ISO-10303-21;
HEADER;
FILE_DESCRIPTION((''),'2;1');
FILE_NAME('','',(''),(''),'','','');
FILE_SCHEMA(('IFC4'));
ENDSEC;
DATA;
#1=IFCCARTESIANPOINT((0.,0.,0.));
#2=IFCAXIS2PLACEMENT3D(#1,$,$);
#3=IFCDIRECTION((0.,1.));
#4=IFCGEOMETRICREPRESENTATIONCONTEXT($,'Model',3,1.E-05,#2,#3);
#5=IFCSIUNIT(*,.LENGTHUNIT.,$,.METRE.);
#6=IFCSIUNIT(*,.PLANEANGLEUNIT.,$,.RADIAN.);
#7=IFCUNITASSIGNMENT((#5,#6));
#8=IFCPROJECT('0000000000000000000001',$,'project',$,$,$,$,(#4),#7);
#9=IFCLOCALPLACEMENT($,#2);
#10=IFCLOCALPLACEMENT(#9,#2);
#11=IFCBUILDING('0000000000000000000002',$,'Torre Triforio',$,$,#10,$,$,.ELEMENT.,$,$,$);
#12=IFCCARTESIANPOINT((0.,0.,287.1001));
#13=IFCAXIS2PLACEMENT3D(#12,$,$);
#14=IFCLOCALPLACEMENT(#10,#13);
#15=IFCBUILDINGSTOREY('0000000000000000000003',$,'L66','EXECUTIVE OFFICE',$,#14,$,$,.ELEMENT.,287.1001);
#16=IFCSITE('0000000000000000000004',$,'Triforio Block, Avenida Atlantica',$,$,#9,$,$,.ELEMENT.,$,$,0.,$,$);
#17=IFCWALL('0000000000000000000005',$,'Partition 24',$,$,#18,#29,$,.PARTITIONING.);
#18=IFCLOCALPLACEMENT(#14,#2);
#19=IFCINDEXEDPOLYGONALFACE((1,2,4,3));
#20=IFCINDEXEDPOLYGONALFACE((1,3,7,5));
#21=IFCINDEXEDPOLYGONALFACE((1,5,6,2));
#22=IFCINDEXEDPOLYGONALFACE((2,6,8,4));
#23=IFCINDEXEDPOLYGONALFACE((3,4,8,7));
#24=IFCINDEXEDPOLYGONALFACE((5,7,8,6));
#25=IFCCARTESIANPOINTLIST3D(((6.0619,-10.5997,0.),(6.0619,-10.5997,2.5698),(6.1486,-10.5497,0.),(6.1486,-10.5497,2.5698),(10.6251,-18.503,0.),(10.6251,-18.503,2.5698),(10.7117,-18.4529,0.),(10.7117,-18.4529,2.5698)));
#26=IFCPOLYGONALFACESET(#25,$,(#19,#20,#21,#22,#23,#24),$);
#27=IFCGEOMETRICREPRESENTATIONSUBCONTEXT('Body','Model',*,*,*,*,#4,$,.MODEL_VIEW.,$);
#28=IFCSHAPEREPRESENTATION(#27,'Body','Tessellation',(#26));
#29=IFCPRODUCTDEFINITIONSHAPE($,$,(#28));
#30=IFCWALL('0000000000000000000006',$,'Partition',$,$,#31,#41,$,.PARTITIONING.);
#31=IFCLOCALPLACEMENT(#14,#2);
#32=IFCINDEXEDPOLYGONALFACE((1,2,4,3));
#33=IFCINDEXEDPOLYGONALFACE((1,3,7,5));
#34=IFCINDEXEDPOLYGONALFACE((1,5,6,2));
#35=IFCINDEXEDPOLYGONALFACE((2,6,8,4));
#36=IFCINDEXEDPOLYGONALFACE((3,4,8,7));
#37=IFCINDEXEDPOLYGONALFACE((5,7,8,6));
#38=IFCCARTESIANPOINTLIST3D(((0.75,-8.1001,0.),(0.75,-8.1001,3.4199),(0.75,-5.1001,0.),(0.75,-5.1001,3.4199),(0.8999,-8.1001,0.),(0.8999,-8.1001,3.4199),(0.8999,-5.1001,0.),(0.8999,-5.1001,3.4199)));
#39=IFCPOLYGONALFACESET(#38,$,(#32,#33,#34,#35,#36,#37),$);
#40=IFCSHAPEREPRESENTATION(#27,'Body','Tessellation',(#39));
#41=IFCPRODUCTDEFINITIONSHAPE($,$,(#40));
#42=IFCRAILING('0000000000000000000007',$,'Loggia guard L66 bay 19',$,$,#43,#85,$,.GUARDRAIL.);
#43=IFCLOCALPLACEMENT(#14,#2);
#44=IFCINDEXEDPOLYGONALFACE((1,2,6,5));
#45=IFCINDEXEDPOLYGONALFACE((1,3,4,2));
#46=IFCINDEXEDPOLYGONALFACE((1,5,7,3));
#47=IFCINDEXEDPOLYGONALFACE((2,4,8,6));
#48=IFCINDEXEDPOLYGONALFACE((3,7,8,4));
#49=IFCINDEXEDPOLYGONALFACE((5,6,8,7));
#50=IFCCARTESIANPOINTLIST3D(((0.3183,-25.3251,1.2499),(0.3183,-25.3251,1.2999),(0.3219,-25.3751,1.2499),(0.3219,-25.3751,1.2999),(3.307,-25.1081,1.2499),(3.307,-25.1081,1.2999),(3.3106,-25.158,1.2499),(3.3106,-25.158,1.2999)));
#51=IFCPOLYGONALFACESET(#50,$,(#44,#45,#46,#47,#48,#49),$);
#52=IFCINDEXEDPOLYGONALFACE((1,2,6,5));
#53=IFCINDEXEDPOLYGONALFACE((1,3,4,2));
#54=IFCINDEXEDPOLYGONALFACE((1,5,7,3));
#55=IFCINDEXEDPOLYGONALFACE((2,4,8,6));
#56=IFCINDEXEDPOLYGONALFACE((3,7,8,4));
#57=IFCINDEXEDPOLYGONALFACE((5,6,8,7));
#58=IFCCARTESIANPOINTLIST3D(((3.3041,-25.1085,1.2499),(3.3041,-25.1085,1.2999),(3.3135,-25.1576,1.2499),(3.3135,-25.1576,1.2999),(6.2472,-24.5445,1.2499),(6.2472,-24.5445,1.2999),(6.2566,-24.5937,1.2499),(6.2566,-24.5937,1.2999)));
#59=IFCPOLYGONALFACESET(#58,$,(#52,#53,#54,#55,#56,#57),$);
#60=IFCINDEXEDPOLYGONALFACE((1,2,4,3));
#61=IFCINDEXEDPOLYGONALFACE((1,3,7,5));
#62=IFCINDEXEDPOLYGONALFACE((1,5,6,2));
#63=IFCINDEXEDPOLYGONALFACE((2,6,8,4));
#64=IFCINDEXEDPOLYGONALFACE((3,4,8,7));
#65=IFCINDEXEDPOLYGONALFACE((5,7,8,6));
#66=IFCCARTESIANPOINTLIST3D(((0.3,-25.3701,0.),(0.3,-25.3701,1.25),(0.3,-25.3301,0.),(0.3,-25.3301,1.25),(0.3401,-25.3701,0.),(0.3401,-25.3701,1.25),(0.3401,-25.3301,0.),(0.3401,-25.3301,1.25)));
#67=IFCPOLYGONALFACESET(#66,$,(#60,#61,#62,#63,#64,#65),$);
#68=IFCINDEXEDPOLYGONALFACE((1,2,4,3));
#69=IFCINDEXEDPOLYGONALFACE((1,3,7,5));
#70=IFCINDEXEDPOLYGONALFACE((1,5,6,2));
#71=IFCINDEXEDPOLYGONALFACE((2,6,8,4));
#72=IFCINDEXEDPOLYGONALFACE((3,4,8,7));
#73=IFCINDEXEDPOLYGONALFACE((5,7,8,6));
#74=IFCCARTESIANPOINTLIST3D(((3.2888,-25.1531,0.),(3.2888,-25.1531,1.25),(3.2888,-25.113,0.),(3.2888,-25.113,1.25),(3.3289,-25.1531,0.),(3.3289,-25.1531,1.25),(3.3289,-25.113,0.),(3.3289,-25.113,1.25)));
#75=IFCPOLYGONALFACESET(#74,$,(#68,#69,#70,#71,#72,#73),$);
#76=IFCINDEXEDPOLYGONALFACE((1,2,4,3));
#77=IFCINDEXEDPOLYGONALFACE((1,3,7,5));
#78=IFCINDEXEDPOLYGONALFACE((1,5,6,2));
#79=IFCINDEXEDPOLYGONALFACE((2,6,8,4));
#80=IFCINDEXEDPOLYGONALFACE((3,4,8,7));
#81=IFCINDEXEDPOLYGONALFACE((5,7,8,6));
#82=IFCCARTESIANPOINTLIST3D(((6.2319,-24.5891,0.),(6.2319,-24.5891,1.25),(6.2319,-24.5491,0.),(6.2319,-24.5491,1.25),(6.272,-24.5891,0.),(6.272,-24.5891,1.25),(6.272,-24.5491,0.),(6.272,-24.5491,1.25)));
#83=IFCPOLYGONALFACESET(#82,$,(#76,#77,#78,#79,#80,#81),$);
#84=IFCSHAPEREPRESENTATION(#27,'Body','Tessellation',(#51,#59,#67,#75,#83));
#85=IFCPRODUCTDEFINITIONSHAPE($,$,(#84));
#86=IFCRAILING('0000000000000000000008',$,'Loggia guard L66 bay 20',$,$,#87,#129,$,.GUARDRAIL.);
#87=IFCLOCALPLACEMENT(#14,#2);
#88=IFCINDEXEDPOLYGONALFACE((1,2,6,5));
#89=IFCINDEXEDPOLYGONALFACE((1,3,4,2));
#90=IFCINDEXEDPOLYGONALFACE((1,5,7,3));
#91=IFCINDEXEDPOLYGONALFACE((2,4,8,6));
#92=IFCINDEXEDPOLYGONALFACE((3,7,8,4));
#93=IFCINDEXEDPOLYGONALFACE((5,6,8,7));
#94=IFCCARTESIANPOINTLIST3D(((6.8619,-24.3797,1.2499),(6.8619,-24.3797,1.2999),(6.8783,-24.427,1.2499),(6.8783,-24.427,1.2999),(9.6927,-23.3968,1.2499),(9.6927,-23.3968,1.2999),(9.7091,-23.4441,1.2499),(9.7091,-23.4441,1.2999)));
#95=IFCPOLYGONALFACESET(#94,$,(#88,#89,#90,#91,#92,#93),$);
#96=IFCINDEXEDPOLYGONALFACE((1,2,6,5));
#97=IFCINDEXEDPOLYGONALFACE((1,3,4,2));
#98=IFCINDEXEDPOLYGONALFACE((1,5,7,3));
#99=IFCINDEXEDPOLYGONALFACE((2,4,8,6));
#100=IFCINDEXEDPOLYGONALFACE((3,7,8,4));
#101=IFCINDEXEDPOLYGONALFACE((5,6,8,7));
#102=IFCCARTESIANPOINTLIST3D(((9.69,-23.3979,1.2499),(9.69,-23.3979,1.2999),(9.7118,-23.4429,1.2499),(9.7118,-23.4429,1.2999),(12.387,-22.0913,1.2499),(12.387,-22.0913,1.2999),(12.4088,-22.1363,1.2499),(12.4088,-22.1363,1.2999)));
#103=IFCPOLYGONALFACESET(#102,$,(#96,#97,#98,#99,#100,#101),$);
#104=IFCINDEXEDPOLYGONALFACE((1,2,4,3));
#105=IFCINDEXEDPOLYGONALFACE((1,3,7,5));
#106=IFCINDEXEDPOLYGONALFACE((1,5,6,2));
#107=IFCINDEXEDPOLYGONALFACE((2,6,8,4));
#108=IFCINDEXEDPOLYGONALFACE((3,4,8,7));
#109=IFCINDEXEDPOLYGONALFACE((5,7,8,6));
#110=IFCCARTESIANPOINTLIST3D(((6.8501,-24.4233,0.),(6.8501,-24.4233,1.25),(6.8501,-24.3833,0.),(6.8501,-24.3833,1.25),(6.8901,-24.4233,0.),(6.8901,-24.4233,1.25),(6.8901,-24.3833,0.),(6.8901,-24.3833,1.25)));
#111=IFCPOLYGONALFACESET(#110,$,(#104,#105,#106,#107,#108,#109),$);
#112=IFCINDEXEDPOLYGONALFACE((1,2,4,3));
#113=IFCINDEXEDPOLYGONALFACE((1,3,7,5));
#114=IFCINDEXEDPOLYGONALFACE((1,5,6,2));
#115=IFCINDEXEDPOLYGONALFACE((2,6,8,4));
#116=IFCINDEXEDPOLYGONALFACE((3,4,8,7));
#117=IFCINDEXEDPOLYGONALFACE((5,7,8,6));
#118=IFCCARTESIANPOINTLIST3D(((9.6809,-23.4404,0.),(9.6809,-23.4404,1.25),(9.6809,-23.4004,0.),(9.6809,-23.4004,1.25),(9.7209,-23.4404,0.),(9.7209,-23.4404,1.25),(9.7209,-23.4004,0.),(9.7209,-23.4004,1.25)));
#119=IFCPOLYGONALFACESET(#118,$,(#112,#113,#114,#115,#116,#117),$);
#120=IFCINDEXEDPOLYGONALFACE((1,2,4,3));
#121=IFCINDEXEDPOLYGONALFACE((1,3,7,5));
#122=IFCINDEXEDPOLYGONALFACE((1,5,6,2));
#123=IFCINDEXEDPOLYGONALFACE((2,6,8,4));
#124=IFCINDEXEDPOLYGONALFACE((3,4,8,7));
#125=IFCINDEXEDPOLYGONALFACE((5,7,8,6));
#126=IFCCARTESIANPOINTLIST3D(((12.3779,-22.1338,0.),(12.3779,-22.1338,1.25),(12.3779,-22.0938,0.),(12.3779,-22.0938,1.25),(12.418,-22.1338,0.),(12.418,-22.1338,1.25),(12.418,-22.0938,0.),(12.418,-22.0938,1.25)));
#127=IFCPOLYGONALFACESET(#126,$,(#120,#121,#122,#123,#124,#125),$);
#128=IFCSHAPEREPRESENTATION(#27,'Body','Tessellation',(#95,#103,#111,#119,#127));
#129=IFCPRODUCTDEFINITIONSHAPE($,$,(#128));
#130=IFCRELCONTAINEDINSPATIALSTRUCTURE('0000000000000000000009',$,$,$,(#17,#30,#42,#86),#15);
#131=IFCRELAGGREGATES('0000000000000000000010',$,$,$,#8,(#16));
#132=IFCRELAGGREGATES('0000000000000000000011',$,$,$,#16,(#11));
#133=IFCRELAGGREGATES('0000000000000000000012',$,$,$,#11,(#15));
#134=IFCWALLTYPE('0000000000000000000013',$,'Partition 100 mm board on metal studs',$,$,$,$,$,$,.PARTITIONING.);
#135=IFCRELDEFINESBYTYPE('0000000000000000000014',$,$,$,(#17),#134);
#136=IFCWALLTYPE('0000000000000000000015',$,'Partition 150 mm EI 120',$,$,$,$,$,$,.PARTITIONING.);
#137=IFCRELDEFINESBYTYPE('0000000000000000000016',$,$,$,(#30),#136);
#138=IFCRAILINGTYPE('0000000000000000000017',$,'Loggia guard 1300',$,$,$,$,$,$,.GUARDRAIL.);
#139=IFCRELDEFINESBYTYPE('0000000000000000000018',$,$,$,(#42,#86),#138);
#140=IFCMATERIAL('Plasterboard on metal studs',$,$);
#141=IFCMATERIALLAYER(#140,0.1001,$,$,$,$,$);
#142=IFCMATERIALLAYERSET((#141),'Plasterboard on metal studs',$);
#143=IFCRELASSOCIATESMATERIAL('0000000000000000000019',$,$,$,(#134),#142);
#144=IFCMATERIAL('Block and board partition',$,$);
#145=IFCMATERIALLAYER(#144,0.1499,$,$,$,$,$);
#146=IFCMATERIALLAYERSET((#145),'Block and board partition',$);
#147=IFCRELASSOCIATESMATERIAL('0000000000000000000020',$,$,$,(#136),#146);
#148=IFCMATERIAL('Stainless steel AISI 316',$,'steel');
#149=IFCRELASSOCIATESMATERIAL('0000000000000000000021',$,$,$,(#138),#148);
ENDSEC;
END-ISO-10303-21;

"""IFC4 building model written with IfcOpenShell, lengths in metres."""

from ifc_helpers import new_model, si_unit, direction, frame, frame_2d, origin, origin_2d, place, context, subcontext, project, spatial, rectangle, extrude, material, layer, layer_set, type_object, element, save


model = new_model("IFC4")

# Units and contexts
model_context = context("Model", 3, precision=1e-05, world=origin(), true_north=direction((0.0, 1.0)))
body_context = subcontext(model_context, "Body", "Model", "MODEL_VIEW")
ifc_project = project(units=[si_unit("LENGTHUNIT", "METRE"), si_unit("PLANEANGLEUNIT", "RADIAN")], contexts=[model_context])

# Site, building, storey
site_placement = place(None, origin())
site = spatial("IfcSite", under=ifc_project, at=site_placement, Name="Triforio Block, Avenida Atlantica", CompositionType="ELEMENT", RefElevation=0.0)
building_placement = place(site_placement, origin())
building = spatial("IfcBuilding", under=site, at=building_placement, Name="Torre Triforio", CompositionType="ELEMENT")
storey_placement = place(building_placement, frame((0.0, 0.0, 287.1001)))
storey = spatial("IfcBuildingStorey", under=building, at=storey_placement, Name="L66", Description="EXECUTIVE OFFICE", CompositionType="ELEMENT", Elevation=287.1001)

# Shared definitions
ifc_material_1 = material(Name="Plasterboard on metal studs")

# Walls
ifc_layer_1 = layer(ifc_material_1, 0.1001)
ifc_layer_set_1 = layer_set([ifc_layer_1], Name="Plasterboard on metal studs")
wall_type_1 = type_object("IfcWallType", Name="Partition 100 mm board on metal studs", PredefinedType="PARTITIONING", material=ifc_layer_set_1)
wall_1_placement = place(storey_placement, frame((6.1052, -10.5747, 0.0), z_axis=(0.0, 0.0, 1.0), x_axis=(0.50002, -0.866014, 0.0)))
element("IfcWall", 1, at=wall_1_placement, inside=storey, type_object=wall_type_1, Name="Partition 24", PredefinedType="PARTITIONING", context=body_context, shape_type="SweptSolid", body=[
    extrude(rectangle(XDim=9.126, YDim=0.1001, at=frame_2d((4.563, 0.0))), origin(), (0.0, 0.0, 1.0), 2.5698),
])
ifc_material_2 = material(Name="Block and board partition")
ifc_layer_2 = layer(ifc_material_2, 0.1499)
ifc_layer_set_2 = layer_set([ifc_layer_2], Name="Block and board partition")
wall_type_2 = type_object("IfcWallType", Name="Partition 150 mm EI 120", PredefinedType="PARTITIONING", material=ifc_layer_set_2)
wall_2_placement = place(storey_placement, frame((0.825, -8.1001, 0.0), z_axis=(0.0, 0.0, 1.0), x_axis=(0.0, 1.0, 0.0)))
element("IfcWall", 2, at=wall_2_placement, inside=storey, type_object=wall_type_2, Name="Partition", PredefinedType="PARTITIONING", context=body_context, shape_type="SweptSolid", body=[
    extrude(rectangle(XDim=3.0, YDim=0.1499, at=frame_2d((1.5, 0.0))), origin(), (0.0, 0.0, 1.0), 3.4199),
])

# Railings
ifc_material_3 = material(Name="Stainless steel AISI 316", Category="steel")
railing_type = type_object("IfcRailingType", Name="Loggia guard 1300", PredefinedType="GUARDRAIL", material=ifc_material_3)
railing_1_placement = place(storey_placement, frame((0.3201, -25.3501, 0.0)))
element("IfcRailing", 3, at=railing_1_placement, inside=storey, type_object=railing_type, Name="Loggia guard L66 bay 19", PredefinedType="GUARDRAIL", context=body_context, shape_type="SweptSolid", body=[
    extrude(rectangle(XDim=0.05, YDim=0.05, at=origin_2d()), frame((0.0, 0.0, 1.2749), z_axis=(0.997374, 0.072428, 0.0), x_axis=(-0.072428, 0.997374, 0.0)), (0.0, 0.0, 1.0), 2.9966),
    extrude(rectangle(XDim=0.05, YDim=0.05, at=origin_2d()), frame((2.9888, 0.217, 1.2749), z_axis=(0.982131, 0.188198, 0.0), x_axis=(-0.188198, 0.982131, 0.0)), (0.0, 0.0, 1.0), 2.9966),
    extrude(rectangle(XDim=0.04, YDim=0.04, at=origin_2d()), origin(), (0.0, 0.0, 1.0), 1.25),
    extrude(rectangle(XDim=0.04, YDim=0.04, at=origin_2d()), frame((2.9888, 0.217, 0.0)), (0.0, 0.0, 1.0), 1.25),
    extrude(rectangle(XDim=0.04, YDim=0.04, at=origin_2d()), frame((5.9319, 0.781, 0.0)), (0.0, 0.0, 1.0), 1.25),
])
railing_2_placement = place(storey_placement, frame((6.8701, -24.4033, 0.0)))
element("IfcRailing", 4, at=railing_2_placement, inside=storey, type_object=railing_type, Name="Loggia guard L66 bay 20", PredefinedType="GUARDRAIL", context=body_context, shape_type="SweptSolid", body=[
    extrude(rectangle(XDim=0.05, YDim=0.05, at=origin_2d()), frame((0.0, 0.0, 1.2749), z_axis=(0.944675, 0.328009, 0.0), x_axis=(-0.328009, 0.944675, 0.0)), (0.0, 0.0, 1.0), 2.9966),
    extrude(rectangle(XDim=0.05, YDim=0.05, at=origin_2d()), frame((2.8308, 0.9829, 1.2749), z_axis=(0.899946, 0.436002, 0.0), x_axis=(-0.436002, 0.899946, 0.0)), (0.0, 0.0, 1.0), 2.9968),
    extrude(rectangle(XDim=0.04, YDim=0.04, at=origin_2d()), origin(), (0.0, 0.0, 1.0), 1.25),
    extrude(rectangle(XDim=0.04, YDim=0.04, at=origin_2d()), frame((2.8308, 0.9829, 0.0)), (0.0, 0.0, 1.0), 1.25),
    extrude(rectangle(XDim=0.04, YDim=0.04, at=origin_2d()), frame((5.5278, 2.2896, 0.0)), (0.0, 0.0, 1.0), 1.25),
])

save(model, "model.ifc")
